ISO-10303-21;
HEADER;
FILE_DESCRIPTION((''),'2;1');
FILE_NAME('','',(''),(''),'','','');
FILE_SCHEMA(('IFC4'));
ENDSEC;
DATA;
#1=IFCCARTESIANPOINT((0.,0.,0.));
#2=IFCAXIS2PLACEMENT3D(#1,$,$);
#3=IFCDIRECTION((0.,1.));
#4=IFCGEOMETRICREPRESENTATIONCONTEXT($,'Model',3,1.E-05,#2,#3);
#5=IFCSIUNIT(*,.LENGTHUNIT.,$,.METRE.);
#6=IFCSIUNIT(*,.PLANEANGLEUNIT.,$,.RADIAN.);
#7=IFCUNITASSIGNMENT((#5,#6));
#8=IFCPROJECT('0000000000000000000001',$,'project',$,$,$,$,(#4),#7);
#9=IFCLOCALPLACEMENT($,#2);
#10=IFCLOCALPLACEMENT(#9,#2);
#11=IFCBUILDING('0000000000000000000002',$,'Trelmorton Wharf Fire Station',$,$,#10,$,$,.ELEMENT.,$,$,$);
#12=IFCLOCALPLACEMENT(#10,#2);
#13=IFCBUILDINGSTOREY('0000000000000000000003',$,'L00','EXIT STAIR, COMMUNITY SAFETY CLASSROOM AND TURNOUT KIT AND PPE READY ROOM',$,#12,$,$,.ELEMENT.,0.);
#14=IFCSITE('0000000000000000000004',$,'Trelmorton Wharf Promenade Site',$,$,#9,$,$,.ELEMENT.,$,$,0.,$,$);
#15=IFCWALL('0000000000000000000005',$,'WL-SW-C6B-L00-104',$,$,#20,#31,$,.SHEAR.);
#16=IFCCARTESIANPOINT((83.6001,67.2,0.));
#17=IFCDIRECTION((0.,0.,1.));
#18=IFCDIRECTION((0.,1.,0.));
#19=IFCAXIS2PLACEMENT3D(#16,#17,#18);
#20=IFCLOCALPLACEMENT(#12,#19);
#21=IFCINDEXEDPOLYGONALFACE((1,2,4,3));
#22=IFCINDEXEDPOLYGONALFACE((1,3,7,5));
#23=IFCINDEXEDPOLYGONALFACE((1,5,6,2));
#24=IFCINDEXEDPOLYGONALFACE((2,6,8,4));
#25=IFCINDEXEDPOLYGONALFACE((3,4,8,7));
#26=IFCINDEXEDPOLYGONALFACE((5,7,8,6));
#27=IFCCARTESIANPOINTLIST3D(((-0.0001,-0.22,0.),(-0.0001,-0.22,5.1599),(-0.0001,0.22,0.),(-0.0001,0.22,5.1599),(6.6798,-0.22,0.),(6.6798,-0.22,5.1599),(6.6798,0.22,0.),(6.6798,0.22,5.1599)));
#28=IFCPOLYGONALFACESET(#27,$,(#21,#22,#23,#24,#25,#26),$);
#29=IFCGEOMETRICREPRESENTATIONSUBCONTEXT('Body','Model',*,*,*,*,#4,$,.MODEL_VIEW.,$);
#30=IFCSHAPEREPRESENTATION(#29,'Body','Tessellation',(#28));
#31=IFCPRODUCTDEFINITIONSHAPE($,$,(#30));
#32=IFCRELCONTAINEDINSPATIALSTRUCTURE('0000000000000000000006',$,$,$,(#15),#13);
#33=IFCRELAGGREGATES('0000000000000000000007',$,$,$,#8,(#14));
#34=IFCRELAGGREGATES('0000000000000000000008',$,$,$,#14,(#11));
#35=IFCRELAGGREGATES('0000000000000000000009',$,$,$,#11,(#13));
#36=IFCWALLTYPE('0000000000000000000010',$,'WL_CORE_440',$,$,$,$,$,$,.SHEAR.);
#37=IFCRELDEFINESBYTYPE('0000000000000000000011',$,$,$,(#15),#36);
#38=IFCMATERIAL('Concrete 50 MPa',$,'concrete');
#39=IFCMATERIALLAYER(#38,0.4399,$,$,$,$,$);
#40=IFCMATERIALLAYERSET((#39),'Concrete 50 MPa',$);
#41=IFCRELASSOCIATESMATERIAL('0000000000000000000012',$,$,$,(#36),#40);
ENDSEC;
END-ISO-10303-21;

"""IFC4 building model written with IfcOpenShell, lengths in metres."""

from ifc_helpers import new_model, si_unit, direction, frame, frame_2d, origin, place, context, subcontext, project, spatial, rectangle, extrude, material, layer, layer_set, type_object, element, save


model = new_model("IFC4")

# Units and contexts
model_context = context("Model", 3, precision=1e-05, world=origin(), true_north=direction((0.0, 1.0)))
body_context = subcontext(model_context, "Body", "Model", "MODEL_VIEW")
ifc_project = project(units=[si_unit("LENGTHUNIT", "METRE"), si_unit("PLANEANGLEUNIT", "RADIAN")], contexts=[model_context])

# Site, building, storey
site_placement = place(None, origin())
site = spatial("IfcSite", under=ifc_project, at=site_placement, Name="Trelmorton Wharf Promenade Site", CompositionType="ELEMENT", RefElevation=0.0)
building_placement = place(site_placement, origin())
building = spatial("IfcBuilding", under=site, at=building_placement, Name="Trelmorton Wharf Fire Station", CompositionType="ELEMENT")
storey_placement = place(building_placement, origin())
storey = spatial("IfcBuildingStorey", under=building, at=storey_placement, Name="L00", Description="EXIT STAIR, COMMUNITY SAFETY CLASSROOM AND TURNOUT KIT AND PPE READY ROOM", CompositionType="ELEMENT", Elevation=0.0)

# Wall
ifc_material_1 = material(Name="Concrete 50 MPa", Category="concrete")
ifc_layer_1 = layer(ifc_material_1, 0.4399)
ifc_layer_set_1 = layer_set([ifc_layer_1], Name="Concrete 50 MPa")
wall_type_1 = type_object("IfcWallType", Name="WL_CORE_440", PredefinedType="SHEAR", material=ifc_layer_set_1)
wall_1_placement = place(storey_placement, frame((83.6001, 67.2, 0.0), z_axis=(0.0, 0.0, 1.0), x_axis=(0.0, 1.0, 0.0)))
element("IfcWall", 1, at=wall_1_placement, inside=storey, type_object=wall_type_1, Name="WL-SW-C6B-L00-104", PredefinedType="SHEAR", context=body_context, shape_type="SweptSolid", body=[
    extrude(rectangle(XDim=6.6799, YDim=0.4399, at=frame_2d((3.3398, 0.0))), origin(), (0.0, 0.0, 1.0), 5.1599),
])

save(model, "model.ifc")
